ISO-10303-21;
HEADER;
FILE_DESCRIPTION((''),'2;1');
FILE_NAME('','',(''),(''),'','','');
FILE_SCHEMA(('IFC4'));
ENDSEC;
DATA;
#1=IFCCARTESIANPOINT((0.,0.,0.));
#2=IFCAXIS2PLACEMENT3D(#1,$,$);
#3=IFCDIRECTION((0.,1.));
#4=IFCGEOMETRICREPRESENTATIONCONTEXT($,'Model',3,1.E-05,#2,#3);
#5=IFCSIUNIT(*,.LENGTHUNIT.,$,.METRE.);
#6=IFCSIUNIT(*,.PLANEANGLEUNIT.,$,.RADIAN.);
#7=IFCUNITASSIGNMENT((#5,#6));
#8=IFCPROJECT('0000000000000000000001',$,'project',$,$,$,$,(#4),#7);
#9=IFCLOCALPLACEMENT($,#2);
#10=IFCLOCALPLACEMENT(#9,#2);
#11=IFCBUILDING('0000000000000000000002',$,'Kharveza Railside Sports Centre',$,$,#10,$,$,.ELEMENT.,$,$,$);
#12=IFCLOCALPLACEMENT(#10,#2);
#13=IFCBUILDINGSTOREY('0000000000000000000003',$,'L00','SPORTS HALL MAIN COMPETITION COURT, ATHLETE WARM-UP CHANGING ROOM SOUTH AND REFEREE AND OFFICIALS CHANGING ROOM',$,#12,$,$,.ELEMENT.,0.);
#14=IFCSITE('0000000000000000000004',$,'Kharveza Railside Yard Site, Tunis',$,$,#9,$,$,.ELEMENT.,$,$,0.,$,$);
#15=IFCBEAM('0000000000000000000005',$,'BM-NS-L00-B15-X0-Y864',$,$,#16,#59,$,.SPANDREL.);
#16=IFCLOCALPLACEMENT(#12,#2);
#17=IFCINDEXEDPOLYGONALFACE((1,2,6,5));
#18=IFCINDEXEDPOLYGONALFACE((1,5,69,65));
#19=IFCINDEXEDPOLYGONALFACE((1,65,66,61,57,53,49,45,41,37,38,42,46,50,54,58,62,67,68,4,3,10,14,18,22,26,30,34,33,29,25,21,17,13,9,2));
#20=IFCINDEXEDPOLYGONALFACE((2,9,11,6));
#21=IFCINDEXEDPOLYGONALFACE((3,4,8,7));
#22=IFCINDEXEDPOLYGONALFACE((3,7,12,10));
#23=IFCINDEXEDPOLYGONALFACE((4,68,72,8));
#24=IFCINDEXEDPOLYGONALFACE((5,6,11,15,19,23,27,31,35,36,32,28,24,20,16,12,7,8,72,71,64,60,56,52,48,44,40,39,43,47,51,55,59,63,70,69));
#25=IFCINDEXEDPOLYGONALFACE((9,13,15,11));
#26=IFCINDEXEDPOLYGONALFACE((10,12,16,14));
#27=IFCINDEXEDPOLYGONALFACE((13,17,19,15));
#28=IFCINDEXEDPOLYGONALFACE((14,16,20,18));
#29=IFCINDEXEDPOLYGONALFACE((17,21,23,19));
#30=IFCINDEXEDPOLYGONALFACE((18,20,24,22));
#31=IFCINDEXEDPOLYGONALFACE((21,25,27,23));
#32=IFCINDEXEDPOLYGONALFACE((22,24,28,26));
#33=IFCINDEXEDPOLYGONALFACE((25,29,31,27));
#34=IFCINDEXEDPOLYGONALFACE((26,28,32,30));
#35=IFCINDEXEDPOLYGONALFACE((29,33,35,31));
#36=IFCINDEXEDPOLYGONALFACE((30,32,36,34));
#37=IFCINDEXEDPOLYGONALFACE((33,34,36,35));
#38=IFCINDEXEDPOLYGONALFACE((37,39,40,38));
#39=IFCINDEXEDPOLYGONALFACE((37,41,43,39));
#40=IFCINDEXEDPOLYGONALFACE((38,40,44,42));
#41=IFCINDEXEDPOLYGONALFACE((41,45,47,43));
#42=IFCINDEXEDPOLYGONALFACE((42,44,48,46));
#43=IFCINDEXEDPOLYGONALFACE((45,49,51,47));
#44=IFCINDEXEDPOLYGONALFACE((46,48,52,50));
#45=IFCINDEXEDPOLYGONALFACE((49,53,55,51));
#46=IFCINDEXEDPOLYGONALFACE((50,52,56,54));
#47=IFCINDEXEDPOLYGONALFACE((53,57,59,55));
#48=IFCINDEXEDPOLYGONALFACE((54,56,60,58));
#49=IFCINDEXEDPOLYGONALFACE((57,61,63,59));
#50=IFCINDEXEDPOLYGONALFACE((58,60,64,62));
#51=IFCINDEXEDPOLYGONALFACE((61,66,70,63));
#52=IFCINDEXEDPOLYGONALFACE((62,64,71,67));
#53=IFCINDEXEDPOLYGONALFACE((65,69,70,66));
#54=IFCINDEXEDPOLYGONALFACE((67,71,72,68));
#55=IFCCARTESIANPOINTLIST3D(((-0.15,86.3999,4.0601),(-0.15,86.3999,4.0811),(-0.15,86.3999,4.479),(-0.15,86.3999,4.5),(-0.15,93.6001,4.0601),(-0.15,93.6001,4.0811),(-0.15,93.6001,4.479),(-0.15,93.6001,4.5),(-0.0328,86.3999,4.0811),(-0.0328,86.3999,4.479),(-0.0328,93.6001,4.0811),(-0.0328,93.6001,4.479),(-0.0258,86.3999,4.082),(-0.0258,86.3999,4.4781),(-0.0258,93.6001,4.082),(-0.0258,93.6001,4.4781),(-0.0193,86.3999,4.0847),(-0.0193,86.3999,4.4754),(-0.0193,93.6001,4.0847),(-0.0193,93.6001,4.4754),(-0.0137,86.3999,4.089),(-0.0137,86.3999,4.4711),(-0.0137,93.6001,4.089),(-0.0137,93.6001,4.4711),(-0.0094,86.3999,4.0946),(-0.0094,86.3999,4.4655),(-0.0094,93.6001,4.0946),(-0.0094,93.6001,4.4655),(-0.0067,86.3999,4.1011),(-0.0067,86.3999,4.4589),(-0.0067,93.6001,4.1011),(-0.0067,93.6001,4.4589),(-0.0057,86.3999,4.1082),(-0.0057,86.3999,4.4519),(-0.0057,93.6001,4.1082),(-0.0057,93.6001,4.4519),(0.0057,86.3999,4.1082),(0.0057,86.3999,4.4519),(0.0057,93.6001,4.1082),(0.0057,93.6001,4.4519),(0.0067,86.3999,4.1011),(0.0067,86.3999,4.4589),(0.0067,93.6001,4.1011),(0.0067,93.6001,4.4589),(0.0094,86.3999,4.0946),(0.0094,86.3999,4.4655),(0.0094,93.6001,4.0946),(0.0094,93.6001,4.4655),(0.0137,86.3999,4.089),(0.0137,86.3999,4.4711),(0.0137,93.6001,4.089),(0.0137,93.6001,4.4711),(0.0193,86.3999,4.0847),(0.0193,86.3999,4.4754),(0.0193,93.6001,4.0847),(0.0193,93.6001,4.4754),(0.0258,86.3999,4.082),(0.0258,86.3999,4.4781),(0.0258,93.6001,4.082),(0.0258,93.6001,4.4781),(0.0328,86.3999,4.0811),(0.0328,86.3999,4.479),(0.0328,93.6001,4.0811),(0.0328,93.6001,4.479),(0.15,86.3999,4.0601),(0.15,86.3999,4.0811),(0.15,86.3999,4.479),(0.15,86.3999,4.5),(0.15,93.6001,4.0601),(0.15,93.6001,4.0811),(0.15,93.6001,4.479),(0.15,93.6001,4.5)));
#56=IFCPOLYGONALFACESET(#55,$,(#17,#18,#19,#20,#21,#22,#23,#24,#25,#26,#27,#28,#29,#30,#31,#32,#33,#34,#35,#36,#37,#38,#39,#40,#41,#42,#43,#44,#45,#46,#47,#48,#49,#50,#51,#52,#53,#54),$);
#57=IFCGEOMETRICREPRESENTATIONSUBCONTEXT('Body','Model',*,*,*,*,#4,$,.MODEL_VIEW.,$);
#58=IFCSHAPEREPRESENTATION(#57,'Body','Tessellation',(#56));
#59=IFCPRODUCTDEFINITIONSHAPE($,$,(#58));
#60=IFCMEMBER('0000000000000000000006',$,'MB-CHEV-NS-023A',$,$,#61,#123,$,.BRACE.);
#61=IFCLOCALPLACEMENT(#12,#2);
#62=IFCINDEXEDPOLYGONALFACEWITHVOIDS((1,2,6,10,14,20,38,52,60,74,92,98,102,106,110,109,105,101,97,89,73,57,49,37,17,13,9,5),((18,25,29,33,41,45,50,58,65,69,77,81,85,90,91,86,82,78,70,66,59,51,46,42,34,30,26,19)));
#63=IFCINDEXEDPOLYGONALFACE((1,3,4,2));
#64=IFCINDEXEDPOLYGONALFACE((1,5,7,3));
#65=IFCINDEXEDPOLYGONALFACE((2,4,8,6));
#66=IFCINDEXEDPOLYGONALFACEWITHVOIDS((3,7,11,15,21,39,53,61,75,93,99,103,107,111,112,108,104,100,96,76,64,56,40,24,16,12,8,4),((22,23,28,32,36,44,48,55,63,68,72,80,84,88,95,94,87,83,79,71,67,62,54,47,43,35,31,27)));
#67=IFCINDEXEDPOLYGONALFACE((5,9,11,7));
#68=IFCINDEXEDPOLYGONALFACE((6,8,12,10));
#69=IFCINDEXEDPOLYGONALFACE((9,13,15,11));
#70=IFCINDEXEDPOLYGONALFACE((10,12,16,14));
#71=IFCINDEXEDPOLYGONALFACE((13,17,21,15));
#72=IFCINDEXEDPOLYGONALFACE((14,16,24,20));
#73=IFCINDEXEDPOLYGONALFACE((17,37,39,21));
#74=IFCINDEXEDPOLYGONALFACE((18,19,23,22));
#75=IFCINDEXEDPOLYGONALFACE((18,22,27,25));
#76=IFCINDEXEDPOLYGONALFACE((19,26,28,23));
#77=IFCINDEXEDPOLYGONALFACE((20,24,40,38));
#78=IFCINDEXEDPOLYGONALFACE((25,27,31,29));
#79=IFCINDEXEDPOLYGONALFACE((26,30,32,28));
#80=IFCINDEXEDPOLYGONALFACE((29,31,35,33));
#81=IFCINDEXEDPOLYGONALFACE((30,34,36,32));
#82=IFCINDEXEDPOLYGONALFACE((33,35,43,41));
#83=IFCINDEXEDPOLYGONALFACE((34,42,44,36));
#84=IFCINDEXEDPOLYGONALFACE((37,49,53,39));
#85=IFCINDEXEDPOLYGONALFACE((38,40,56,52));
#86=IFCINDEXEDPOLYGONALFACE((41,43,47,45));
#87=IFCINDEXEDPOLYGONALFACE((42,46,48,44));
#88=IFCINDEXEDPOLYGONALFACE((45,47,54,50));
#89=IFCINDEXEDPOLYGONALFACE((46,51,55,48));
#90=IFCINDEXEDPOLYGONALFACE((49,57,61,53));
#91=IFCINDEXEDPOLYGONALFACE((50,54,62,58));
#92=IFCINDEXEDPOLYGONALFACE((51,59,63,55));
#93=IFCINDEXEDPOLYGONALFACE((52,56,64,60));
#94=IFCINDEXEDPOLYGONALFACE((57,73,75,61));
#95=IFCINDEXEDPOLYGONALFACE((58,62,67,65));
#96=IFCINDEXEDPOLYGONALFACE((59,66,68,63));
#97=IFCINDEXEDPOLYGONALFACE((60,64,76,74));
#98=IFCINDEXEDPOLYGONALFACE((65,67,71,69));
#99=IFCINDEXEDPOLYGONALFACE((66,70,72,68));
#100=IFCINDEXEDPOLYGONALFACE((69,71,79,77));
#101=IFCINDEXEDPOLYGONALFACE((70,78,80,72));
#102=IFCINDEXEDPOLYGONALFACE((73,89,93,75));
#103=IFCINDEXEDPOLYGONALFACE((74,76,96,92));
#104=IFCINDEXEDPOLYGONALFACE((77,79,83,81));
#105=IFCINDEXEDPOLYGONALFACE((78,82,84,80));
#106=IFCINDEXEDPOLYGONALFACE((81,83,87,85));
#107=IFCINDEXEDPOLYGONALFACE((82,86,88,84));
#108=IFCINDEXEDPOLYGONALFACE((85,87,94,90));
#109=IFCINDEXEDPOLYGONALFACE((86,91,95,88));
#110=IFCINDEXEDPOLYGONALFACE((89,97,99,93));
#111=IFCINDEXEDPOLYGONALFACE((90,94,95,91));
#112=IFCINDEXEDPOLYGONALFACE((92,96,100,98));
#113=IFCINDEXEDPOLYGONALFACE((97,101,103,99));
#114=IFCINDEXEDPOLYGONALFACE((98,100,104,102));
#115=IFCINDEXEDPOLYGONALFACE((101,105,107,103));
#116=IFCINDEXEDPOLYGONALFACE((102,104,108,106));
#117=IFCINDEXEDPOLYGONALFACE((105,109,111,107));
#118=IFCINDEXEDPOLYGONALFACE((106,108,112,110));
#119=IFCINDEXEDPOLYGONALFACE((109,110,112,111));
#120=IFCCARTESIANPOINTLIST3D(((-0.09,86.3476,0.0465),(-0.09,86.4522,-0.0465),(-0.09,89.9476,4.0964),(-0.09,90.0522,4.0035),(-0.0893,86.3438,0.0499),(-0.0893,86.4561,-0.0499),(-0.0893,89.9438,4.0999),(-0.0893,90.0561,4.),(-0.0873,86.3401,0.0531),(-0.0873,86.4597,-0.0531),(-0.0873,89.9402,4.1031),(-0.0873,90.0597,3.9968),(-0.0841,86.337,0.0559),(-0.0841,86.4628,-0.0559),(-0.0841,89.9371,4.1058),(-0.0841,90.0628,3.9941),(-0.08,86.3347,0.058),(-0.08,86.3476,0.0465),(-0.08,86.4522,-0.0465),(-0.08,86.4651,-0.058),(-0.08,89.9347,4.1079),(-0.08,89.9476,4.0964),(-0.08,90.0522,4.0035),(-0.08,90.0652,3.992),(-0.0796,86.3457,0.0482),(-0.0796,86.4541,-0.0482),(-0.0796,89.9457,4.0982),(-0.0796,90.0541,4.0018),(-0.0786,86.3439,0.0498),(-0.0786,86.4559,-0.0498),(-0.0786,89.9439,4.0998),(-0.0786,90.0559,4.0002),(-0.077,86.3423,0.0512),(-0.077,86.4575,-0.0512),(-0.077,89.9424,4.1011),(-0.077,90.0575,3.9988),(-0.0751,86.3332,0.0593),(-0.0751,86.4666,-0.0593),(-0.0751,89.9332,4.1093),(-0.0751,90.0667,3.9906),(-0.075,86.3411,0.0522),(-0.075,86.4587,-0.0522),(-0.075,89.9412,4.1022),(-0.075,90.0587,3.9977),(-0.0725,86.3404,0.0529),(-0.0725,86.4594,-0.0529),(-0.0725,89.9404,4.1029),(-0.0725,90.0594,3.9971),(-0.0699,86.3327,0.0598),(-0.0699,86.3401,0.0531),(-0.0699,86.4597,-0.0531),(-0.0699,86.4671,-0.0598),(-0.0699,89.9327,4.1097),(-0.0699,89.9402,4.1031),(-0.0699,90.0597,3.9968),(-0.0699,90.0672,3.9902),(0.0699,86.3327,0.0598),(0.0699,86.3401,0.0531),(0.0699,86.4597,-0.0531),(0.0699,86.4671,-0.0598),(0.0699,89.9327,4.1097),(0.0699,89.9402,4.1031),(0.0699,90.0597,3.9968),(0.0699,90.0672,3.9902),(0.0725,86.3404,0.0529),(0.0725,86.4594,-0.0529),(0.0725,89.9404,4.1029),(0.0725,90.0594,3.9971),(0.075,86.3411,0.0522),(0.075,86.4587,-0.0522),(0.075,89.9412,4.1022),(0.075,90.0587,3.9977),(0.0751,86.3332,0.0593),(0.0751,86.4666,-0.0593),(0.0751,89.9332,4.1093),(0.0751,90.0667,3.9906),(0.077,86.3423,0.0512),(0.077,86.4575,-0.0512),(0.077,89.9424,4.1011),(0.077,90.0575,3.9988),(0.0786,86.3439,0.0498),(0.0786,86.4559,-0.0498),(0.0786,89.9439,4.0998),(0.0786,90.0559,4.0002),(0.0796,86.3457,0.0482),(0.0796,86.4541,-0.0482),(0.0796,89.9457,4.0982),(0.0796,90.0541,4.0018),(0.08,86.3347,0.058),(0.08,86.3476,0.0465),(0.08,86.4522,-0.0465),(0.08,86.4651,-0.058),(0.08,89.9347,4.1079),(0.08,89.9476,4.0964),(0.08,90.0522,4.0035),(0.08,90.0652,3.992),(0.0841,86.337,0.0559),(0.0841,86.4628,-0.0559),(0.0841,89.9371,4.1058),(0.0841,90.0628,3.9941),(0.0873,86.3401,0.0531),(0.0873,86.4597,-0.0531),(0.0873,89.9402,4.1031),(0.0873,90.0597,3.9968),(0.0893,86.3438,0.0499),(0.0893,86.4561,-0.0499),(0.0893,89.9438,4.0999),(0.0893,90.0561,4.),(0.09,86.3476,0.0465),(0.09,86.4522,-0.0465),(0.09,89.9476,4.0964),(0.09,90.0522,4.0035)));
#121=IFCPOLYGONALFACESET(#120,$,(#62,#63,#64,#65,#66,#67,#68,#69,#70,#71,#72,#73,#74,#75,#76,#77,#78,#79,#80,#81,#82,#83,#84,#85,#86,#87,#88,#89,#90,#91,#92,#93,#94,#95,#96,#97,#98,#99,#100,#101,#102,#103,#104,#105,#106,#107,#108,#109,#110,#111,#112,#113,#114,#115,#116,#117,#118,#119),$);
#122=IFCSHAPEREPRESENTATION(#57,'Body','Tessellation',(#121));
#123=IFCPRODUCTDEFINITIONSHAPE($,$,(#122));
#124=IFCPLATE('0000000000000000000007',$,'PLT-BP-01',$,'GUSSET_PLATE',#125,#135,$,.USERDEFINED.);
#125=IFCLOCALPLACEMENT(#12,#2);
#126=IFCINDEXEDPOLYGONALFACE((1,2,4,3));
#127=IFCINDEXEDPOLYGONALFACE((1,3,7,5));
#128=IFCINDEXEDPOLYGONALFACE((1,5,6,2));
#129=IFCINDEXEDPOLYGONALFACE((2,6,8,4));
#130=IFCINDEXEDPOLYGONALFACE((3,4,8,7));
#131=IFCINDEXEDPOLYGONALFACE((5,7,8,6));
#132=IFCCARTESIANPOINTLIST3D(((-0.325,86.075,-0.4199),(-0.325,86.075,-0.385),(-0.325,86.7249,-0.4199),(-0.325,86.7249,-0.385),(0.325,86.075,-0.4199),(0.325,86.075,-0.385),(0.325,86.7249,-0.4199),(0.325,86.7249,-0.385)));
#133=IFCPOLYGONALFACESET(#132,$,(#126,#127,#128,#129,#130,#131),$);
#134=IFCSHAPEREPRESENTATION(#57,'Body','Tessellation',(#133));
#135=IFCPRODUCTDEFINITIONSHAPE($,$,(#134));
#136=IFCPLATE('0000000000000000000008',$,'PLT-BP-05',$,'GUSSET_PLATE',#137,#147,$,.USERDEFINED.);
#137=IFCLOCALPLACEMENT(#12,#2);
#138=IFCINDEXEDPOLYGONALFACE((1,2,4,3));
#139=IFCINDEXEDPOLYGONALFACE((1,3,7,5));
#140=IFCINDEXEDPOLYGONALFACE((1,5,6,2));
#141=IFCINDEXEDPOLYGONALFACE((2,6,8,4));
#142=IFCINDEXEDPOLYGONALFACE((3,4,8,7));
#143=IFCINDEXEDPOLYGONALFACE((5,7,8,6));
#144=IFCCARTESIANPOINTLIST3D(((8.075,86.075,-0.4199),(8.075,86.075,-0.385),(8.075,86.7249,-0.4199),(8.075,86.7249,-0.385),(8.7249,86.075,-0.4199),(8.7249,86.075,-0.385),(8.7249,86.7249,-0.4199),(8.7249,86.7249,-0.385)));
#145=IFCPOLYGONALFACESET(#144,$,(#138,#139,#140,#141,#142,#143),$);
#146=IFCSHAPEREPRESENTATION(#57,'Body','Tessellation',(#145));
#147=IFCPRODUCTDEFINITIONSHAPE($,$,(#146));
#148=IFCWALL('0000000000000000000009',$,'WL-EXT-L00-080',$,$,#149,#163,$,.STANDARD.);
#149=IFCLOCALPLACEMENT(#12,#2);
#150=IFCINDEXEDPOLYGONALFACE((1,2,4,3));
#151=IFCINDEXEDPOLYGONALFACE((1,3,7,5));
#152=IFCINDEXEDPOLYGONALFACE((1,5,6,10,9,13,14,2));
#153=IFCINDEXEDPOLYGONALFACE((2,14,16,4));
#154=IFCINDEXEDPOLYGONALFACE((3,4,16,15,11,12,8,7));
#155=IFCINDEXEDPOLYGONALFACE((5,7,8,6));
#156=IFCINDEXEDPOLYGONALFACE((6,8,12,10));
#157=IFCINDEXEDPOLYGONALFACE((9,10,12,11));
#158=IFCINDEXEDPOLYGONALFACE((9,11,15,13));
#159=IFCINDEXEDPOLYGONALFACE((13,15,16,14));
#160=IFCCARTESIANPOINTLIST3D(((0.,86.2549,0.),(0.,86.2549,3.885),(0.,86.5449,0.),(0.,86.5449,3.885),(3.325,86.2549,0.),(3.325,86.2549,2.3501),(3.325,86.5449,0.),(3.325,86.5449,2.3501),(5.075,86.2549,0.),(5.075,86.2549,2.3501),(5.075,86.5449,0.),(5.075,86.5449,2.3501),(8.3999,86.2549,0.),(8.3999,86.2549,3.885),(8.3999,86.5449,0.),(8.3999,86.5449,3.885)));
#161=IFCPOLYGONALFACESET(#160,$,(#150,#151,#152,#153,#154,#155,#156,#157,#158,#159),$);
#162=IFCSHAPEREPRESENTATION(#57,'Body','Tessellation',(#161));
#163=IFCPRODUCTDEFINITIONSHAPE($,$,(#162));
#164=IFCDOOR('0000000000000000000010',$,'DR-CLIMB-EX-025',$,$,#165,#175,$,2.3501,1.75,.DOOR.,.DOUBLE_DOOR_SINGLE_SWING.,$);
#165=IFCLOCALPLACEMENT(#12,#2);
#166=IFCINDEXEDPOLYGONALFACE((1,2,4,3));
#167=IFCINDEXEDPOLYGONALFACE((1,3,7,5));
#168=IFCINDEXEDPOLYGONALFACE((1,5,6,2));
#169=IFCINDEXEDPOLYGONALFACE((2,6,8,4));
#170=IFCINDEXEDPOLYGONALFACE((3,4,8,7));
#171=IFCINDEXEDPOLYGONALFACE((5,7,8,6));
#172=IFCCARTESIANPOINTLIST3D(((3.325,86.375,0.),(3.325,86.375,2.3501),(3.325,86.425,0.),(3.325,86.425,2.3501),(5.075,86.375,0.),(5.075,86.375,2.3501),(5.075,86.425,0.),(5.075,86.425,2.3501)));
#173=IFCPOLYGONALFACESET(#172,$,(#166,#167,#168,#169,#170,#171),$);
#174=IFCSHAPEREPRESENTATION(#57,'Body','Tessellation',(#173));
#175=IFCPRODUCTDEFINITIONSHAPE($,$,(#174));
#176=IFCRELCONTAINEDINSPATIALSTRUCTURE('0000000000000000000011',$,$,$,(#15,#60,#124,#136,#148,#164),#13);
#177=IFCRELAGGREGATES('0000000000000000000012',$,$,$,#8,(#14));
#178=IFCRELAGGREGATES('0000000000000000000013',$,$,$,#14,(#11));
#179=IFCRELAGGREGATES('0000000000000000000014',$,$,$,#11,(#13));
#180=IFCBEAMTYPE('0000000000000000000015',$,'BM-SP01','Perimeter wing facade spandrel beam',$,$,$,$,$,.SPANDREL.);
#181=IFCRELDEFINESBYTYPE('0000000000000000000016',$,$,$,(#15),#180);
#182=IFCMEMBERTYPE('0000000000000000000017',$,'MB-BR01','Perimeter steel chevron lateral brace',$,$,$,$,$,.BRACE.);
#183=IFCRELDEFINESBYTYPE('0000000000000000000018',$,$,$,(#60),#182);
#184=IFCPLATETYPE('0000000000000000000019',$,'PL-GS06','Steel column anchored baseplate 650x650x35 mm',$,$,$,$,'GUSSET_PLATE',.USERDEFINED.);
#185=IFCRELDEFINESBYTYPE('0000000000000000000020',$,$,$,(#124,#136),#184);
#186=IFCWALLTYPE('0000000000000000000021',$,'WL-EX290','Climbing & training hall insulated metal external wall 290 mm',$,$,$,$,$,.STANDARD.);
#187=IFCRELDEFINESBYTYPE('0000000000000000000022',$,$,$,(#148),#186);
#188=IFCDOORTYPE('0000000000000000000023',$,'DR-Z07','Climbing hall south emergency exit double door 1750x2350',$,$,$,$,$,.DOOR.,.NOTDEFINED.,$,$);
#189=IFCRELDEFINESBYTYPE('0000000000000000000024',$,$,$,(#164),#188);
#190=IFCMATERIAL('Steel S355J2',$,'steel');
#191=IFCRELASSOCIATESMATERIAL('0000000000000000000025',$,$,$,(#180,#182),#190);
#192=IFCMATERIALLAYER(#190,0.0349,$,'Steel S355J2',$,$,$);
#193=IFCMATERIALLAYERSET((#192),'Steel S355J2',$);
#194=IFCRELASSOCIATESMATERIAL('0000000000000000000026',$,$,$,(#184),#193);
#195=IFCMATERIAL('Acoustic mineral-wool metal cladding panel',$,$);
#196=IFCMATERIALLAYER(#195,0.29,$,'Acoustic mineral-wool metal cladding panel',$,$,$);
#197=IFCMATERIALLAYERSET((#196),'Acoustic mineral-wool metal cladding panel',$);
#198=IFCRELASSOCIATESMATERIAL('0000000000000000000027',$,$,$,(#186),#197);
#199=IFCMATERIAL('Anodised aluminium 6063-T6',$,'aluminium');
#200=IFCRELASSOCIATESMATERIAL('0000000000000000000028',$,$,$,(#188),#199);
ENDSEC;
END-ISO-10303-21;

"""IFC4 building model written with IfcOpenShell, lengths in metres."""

from ifc_helpers import new_model, si_unit, direction, frame, frame_2d, origin, origin_2d, place, context, subcontext, project, spatial, rectangle, hollow_rectangle, i_section, extrude, material, layer, layer_set, material_profile, profile_set, type_object, element, fill, save


model = new_model("IFC4")

# Units and contexts
model_context = context("Model", 3, precision=1e-05, world=origin(), true_north=direction((0.0, 1.0)))
body_context = subcontext(model_context, "Body", "Model", "MODEL_VIEW")
ifc_project = project(units=[si_unit("LENGTHUNIT", "METRE"), si_unit("PLANEANGLEUNIT", "RADIAN")], contexts=[model_context])

# Site, building, storey
site_placement = place(None, origin())
site = spatial("IfcSite", under=ifc_project, at=site_placement, Name="Kharveza Railside Yard Site, Tunis", CompositionType="ELEMENT", RefElevation=0.0)
building_placement = place(site_placement, origin())
building = spatial("IfcBuilding", under=site, at=building_placement, Name="Kharveza Railside Sports Centre", CompositionType="ELEMENT")
storey_placement = place(building_placement, origin())
storey = spatial("IfcBuildingStorey", under=building, at=storey_placement, Name="L00", Description="SPORTS HALL MAIN COMPETITION COURT, ATHLETE WARM-UP CHANGING ROOM SOUTH AND REFEREE AND OFFICIALS CHANGING ROOM", CompositionType="ELEMENT", Elevation=0.0)

# Shared definitions
ifc_material_1 = material(Name="Steel S355J2", Category="steel")

# Beam
ifc_material_profile_1 = material_profile(ifc_material_1, i_section(OverallWidth=0.3, OverallDepth=0.4399, WebThickness=0.0115, FlangeThickness=0.021, FilletRadius=0.0271, at=origin_2d()), Name="HEA 450")
ifc_profile_set_1 = profile_set([ifc_material_profile_1], Name="Steel S355J2")
beam_type_1 = type_object("IfcBeamType", Name="BM-SP01", Description="Perimeter wing facade spandrel beam", PredefinedType="SPANDREL", material=ifc_profile_set_1)
beam_1_placement = place(storey_placement, frame((0.0, 86.3999, 4.28), z_axis=(0.0, 1.0, 0.0), x_axis=(-1.0, 0.0, 0.0)))
element("IfcBeam", 1, at=beam_1_placement, inside=storey, type_object=beam_type_1, Name="BM-NS-L00-B15-X0-Y864", PredefinedType="SPANDREL", context=body_context, shape_type="SweptSolid", body=[
    extrude(i_section(OverallWidth=0.3, OverallDepth=0.4399, WebThickness=0.0115, FlangeThickness=0.021, FilletRadius=0.0271, at=origin_2d()), origin(), (0.0, 0.0, 1.0), 7.2002),
])

# Member
ifc_material_profile_2 = material_profile(ifc_material_1, hollow_rectangle(XDim=0.1799, YDim=0.1799, WallThickness=0.01, InnerFilletRadius=0.01, OuterFilletRadius=0.02, at=origin_2d()), Name="SHS 180x180x10.0")
ifc_profile_set_2 = profile_set([ifc_material_profile_2], Name="Steel S355J2")
member_type = type_object("IfcMemberType", Name="MB-BR01", Description="Perimeter steel chevron lateral brace", PredefinedType="BRACE", material=ifc_profile_set_2)
member_placement = place(storey_placement, frame((0.0, 86.3999, 0.0), z_axis=(0.0, 0.664369, 0.747404), x_axis=(-1.0, 0.0, 0.0)))
element("IfcMember", 2, at=member_placement, inside=storey, type_object=member_type, Name="MB-CHEV-NS-023A", PredefinedType="BRACE", context=body_context, shape_type="SweptSolid", body=[
    extrude(hollow_rectangle(XDim=0.1799, YDim=0.1799, WallThickness=0.01, InnerFilletRadius=0.01, OuterFilletRadius=0.02, at=origin_2d()), origin(), (0.0, 0.0, 1.0), 5.4187),
])

# Plates
ifc_layer_1 = layer(ifc_material_1, 0.0349, Name="Steel S355J2")
ifc_layer_set_1 = layer_set([ifc_layer_1], Name="Steel S355J2")
plate_type = type_object("IfcPlateType", Name="PL-GS06", Description="Steel column anchored baseplate 650x650x35 mm", ElementType="GUSSET_PLATE", PredefinedType="USERDEFINED", material=ifc_layer_set_1)
for number, where, z_axis, x_axis, name in (
    (3, (0.0, 86.3999, -0.4199), (0.0, 0.0, 1.0), (1.0, 0.0, 0.0), "PLT-BP-01"),
    (4, (8.3999, 86.3999, -0.4199), (0.0, 0.0, 1.0), (1.0, 0.0, 0.0), "PLT-BP-05"),
):
    element("IfcPlate", number, at=place(storey_placement, frame(where, z_axis=z_axis, x_axis=x_axis)), inside=storey, type_object=plate_type, Name=name, ObjectType="GUSSET_PLATE", PredefinedType="USERDEFINED", context=body_context, shape_type="SweptSolid", body=[
        extrude(rectangle(XDim=0.6499, YDim=0.6499, at=origin_2d()), origin(), (0.0, 0.0, 1.0), 0.0349),
    ])

# Wall, opening, door
ifc_material_2 = material(Name="Acoustic mineral-wool metal cladding panel")
ifc_layer_2 = layer(ifc_material_2, 0.29, Name="Acoustic mineral-wool metal cladding panel")
ifc_layer_set_2 = layer_set([ifc_layer_2], Name="Acoustic mineral-wool metal cladding panel")
wall_type = type_object("IfcWallType", Name="WL-EX290", Description="Climbing & training hall insulated metal external wall 290 mm", PredefinedType="STANDARD", material=ifc_layer_set_2)
wall_1_placement = place(storey_placement, frame((0.0, 86.3999, 0.0), z_axis=(0.0, 0.0, 1.0), x_axis=(1.0, 0.0, 0.0)))
wall_1 = element("IfcWall", 5, at=wall_1_placement, inside=storey, type_object=wall_type, Name="WL-EXT-L00-080", PredefinedType="STANDARD", context=body_context, shape_type="SweptSolid", body=[
    extrude(rectangle(XDim=8.3999, YDim=0.29, at=frame_2d((4.2, 0.0))), origin(), (0.0, 0.0, 1.0), 3.885),
])
opening_1_placement = place(wall_1_placement, frame((3.325, 0.0, 0.0)))
opening_1 = element("IfcOpeningElement", 6, at=opening_1_placement, cuts=wall_1, PredefinedType="OPENING", context=body_context, shape_type="SweptSolid", body=[
    extrude(rectangle(XDim=1.75, YDim=2.3501, at=frame_2d((0.875, 1.175))), frame((0.0, 0.1699, 0.0), z_axis=(0.0, -1.0, 0.0), x_axis=(1.0, 0.0, 0.0)), (0.0, 0.0, 1.0), 0.3398),
])
ifc_material_3 = material(Name="Anodised aluminium 6063-T6", Category="aluminium")
door_type = type_object("IfcDoorType", Name="DR-Z07", Description="Climbing hall south emergency exit double door 1750x2350", OperationType="NOTDEFINED", PredefinedType="DOOR", material=ifc_material_3)
door_1_placement = place(opening_1_placement, frame((1.75, 0.0, 0.0), z_axis=(0.0, 0.0, 1.0), x_axis=(-1.0, 0.0, 0.0)))
door_1 = element("IfcDoor", 7, at=door_1_placement, inside=storey, type_object=door_type, Name="DR-CLIMB-EX-025", OperationType="DOUBLE_DOOR_SINGLE_SWING", OverallHeight=2.3501, OverallWidth=1.75, PredefinedType="DOOR", context=body_context, shape_type="SweptSolid", body=[
    extrude(rectangle(XDim=1.75, YDim=2.3501, at=frame_2d((0.875, 1.175))), frame((0.0, 0.0249, 0.0), z_axis=(0.0, -1.0, 0.0), x_axis=(1.0, 0.0, 0.0)), (0.0, 0.0, 1.0), 0.05),
])
fill(opening_1, door_1)

save(model, "model.ifc")
